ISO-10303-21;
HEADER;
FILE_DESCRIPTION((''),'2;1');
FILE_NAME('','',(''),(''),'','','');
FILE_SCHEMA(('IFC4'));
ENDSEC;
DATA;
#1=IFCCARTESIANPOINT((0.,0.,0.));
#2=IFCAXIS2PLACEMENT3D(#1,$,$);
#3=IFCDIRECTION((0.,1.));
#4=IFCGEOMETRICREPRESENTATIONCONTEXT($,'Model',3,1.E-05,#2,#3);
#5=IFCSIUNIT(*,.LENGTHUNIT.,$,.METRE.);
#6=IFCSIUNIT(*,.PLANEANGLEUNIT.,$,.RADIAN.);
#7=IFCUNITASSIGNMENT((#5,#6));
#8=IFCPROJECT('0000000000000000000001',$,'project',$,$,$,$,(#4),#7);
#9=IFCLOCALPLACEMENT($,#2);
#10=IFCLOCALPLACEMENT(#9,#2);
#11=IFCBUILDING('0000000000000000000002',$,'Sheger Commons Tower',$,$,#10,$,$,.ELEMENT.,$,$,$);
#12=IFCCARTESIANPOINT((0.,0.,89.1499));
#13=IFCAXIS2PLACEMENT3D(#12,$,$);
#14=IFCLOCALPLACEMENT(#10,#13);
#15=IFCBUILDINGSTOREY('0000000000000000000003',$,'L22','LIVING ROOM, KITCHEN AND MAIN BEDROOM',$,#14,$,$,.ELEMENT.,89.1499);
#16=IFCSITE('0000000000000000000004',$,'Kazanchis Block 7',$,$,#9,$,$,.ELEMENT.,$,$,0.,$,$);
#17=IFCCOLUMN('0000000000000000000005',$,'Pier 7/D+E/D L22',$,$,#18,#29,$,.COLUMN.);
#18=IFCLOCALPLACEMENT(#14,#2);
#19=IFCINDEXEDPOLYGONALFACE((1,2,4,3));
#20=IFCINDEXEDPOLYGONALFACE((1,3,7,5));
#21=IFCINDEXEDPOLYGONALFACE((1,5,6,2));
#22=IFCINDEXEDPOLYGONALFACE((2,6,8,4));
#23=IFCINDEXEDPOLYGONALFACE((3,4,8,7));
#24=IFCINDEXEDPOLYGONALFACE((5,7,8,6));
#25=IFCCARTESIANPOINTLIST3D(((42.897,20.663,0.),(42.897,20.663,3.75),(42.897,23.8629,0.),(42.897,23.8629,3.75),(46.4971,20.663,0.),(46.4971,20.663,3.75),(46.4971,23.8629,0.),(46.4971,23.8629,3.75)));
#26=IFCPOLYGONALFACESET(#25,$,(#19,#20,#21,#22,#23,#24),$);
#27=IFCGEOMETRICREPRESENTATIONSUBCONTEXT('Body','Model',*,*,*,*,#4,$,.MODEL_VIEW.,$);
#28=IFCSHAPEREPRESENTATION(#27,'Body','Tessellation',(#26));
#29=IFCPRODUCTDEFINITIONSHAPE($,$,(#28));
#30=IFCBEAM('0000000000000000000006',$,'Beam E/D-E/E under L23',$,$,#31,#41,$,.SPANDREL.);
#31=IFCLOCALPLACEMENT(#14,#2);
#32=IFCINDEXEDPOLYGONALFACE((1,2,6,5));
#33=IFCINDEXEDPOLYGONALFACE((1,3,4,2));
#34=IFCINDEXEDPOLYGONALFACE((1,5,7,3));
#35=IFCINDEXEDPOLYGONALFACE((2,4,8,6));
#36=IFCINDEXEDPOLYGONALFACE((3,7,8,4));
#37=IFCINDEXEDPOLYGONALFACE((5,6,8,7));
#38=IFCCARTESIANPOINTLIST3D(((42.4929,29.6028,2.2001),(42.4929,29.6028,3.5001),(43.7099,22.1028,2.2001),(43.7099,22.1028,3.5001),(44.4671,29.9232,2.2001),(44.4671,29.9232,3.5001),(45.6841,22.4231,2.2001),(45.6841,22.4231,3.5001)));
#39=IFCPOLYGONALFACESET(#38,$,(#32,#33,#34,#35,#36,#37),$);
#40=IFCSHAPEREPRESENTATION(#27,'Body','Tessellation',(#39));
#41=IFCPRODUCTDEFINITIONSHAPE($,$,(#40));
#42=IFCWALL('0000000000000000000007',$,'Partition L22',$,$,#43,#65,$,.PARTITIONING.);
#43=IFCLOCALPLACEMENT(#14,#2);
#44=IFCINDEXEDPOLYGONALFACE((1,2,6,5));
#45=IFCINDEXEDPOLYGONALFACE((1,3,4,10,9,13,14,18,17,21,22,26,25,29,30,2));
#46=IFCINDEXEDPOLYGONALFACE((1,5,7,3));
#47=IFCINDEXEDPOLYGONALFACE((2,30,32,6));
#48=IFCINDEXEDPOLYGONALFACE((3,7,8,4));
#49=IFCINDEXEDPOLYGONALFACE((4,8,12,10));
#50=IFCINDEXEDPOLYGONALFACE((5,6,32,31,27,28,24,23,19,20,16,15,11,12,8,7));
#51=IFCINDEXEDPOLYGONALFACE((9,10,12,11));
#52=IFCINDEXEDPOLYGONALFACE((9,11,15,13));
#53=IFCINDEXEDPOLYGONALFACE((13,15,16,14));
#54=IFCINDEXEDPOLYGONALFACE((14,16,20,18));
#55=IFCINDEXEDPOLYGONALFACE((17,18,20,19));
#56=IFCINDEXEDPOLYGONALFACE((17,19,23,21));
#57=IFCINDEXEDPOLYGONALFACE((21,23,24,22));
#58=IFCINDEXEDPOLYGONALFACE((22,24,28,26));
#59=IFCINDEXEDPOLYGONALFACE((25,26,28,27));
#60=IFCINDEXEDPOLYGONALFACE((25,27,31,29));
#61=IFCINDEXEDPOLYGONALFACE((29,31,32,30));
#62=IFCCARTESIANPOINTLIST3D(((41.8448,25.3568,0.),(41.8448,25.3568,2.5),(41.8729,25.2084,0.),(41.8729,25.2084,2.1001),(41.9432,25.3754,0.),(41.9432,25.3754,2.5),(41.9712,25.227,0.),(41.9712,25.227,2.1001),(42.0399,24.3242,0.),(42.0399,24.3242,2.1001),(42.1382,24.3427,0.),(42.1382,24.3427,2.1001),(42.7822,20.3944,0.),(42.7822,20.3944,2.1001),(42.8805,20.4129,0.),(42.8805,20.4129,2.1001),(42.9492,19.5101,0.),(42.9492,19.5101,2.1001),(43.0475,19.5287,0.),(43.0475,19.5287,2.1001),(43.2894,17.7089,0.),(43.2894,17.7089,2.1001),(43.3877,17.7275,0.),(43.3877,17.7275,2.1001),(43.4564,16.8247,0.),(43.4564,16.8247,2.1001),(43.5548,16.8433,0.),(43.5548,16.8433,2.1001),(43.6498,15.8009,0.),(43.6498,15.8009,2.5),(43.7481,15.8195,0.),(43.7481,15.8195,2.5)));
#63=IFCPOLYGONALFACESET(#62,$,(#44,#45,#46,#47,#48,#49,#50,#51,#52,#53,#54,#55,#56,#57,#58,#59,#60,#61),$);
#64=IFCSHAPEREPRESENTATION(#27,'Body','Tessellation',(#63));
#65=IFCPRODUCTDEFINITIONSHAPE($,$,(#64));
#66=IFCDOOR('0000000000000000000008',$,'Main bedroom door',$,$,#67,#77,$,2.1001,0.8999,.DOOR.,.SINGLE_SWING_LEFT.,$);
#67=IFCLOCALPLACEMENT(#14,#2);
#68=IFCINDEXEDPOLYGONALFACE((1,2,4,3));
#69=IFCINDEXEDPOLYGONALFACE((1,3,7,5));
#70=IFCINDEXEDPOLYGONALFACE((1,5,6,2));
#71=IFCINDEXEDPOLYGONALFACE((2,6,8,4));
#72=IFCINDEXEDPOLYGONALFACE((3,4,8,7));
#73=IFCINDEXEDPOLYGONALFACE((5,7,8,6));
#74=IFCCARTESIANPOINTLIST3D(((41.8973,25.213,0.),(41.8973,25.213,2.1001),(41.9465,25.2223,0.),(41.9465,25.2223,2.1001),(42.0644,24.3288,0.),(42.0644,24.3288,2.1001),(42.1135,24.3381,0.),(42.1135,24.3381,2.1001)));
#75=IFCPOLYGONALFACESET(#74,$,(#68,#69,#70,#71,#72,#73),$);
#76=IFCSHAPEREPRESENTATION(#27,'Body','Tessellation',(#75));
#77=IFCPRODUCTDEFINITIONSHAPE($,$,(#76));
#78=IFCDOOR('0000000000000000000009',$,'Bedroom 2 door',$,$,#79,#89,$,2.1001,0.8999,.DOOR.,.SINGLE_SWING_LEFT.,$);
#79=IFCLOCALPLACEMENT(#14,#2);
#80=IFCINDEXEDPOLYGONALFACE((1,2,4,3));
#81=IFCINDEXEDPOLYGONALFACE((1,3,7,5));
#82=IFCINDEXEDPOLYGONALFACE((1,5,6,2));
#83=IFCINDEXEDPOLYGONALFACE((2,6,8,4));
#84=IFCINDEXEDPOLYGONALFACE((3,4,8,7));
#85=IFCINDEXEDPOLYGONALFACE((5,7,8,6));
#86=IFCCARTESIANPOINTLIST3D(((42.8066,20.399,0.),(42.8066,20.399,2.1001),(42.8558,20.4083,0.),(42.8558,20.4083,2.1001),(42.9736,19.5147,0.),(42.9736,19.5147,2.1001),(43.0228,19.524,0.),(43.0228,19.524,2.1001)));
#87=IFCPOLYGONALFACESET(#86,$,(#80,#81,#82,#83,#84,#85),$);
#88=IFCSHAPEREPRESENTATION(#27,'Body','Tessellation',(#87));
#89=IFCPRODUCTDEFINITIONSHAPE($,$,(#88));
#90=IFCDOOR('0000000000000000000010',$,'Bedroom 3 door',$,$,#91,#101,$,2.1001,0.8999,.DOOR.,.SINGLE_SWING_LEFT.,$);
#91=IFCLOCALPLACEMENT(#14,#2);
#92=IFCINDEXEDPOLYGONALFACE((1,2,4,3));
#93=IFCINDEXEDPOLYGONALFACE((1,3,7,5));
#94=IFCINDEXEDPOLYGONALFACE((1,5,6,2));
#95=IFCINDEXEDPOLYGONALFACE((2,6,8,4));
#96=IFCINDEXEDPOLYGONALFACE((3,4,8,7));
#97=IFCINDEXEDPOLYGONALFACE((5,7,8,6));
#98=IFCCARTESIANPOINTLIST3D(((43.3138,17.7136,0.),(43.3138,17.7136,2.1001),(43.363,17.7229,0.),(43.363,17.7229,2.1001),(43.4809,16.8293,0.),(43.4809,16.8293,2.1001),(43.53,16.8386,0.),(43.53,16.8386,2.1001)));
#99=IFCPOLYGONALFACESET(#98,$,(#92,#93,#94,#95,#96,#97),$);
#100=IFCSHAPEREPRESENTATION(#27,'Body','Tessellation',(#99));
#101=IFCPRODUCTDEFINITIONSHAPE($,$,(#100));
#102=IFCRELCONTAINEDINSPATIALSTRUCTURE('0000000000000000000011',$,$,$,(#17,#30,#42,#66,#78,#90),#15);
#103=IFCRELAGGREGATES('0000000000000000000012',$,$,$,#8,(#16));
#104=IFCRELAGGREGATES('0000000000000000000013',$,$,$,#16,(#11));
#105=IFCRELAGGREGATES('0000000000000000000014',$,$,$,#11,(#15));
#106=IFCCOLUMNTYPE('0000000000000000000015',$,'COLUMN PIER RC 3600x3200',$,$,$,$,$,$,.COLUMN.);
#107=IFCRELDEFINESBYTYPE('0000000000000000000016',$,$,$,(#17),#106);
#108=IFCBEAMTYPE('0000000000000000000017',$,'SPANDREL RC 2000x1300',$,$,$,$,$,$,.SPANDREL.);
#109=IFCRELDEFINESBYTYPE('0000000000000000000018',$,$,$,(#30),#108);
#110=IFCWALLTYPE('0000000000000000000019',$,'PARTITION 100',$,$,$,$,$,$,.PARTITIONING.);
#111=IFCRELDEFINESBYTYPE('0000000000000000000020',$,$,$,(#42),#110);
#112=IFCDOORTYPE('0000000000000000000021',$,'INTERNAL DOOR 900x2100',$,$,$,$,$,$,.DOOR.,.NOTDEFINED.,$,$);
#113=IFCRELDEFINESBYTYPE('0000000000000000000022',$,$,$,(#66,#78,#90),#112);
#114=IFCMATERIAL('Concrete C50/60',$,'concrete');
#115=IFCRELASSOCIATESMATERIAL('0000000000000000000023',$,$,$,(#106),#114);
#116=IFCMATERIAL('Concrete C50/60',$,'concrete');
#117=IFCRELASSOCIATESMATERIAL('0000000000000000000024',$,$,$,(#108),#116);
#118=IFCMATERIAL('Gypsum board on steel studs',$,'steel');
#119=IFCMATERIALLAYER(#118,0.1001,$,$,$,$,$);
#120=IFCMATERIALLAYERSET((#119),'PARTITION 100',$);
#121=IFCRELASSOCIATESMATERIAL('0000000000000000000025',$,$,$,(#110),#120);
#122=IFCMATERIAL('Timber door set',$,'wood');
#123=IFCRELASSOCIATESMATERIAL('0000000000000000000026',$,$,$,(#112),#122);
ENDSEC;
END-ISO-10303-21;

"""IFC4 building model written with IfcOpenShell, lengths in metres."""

from ifc_helpers import new_model, si_unit, direction, frame, frame_2d, origin, origin_2d, place, context, subcontext, project, spatial, rectangle, extrude, material, layer, layer_set, material_profile, profile_set, type_object, element, fill, save


model = new_model("IFC4")

# Units and contexts
model_context = context("Model", 3, precision=1e-05, world=origin(), true_north=direction((0.0, 1.0)))
body_context = subcontext(model_context, "Body", "Model", "MODEL_VIEW")
ifc_project = project(units=[si_unit("LENGTHUNIT", "METRE"), si_unit("PLANEANGLEUNIT", "RADIAN")], contexts=[model_context])

# Site, building, storey
site_placement = place(None, origin())
site = spatial("IfcSite", under=ifc_project, at=site_placement, Name="Kazanchis Block 7", CompositionType="ELEMENT", RefElevation=0.0)
building_placement = place(site_placement, origin())
building = spatial("IfcBuilding", under=site, at=building_placement, Name="Sheger Commons Tower", CompositionType="ELEMENT")
storey_placement = place(building_placement, frame((0.0, 0.0, 89.1499)))
storey = spatial("IfcBuildingStorey", under=building, at=storey_placement, Name="L22", Description="LIVING ROOM, KITCHEN AND MAIN BEDROOM", CompositionType="ELEMENT", Elevation=89.1499)

# Column
ifc_material_1 = material(Name="Concrete C50/60", Category="concrete")
ifc_material_profile_1 = material_profile(ifc_material_1, rectangle(XDim=3.6001, YDim=3.2, at=origin_2d()), Name="RC 3600x3200")
ifc_profile_set_1 = profile_set([ifc_material_profile_1], Name="Concrete C50/60")
column_type = type_object("IfcColumnType", Name="COLUMN PIER RC 3600x3200", PredefinedType="COLUMN", material=ifc_profile_set_1)
column_placement = place(storey_placement, frame((44.697, 22.2629, 0.0), z_axis=(0.0, 0.0, 1.0), x_axis=(1.0, 0.0, 0.0)))
element("IfcColumn", 1, at=column_placement, inside=storey, type_object=column_type, Name="Pier 7/D+E/D L22", PredefinedType="COLUMN", context=body_context, shape_type="SweptSolid", body=[
    extrude(rectangle(XDim=3.6001, YDim=3.2, at=origin_2d()), origin(), (0.0, 0.0, 1.0), 3.75),
])

# Beam
ifc_material_2 = material(Name="Concrete C50/60", Category="concrete")
ifc_material_profile_2 = material_profile(ifc_material_2, rectangle(XDim=2.0, YDim=1.3, at=origin_2d()), Name="RC 2000x1300")
ifc_profile_set_2 = profile_set([ifc_material_profile_2], Name="Concrete C50/60")
beam_type = type_object("IfcBeamType", Name="SPANDREL RC 2000x1300", PredefinedType="SPANDREL", material=ifc_profile_set_2)
beam_placement = place(storey_placement, frame((44.697, 22.2629, 2.8501), z_axis=(-0.160177, 0.987088, 0.0), x_axis=(-0.987088, -0.160177, 0.0)))
element("IfcBeam", 2, at=beam_placement, inside=storey, type_object=beam_type, Name="Beam E/D-E/E under L23", PredefinedType="SPANDREL", context=body_context, shape_type="SweptSolid", body=[
    extrude(rectangle(XDim=2.0, YDim=1.3, at=origin_2d()), origin(), (0.0, 0.0, 1.0), 7.5981),
])

# Wall, openings, doors
ifc_material_3 = material(Name="Gypsum board on steel studs", Category="steel")
ifc_layer = layer(ifc_material_3, 0.1001)
ifc_layer_set = layer_set([ifc_layer], Name="PARTITION 100")
wall_type = type_object("IfcWallType", Name="PARTITION 100", PredefinedType="PARTITIONING", material=ifc_layer_set)
wall_1_placement = place(storey_placement, frame((41.894, 25.366, 0.0), z_axis=(0.0, 0.0, 1.0), x_axis=(0.1856, -0.982625, 0.0)))
wall_1 = element("IfcWall", 3, at=wall_1_placement, inside=storey, type_object=wall_type, Name="Partition L22", PredefinedType="PARTITIONING", context=body_context, shape_type="SweptSolid", body=[
    extrude(rectangle(XDim=9.7249, YDim=0.1001, at=frame_2d((4.8623, 0.0))), origin(), (0.0, 0.0, 1.0), 2.5),
])
opening_1_placement = place(wall_1_placement, frame((0.1509, 0.0, 0.0)))
opening_1 = element("IfcOpeningElement", 4, at=opening_1_placement, cuts=wall_1, PredefinedType="OPENING", context=body_context, shape_type="SweptSolid", body=[
    extrude(rectangle(XDim=0.8999, YDim=2.1001, at=frame_2d((0.45, 1.05))), frame((0.0, 0.0601, 0.0), z_axis=(0.0, -1.0, 0.0), x_axis=(1.0, 0.0, 0.0)), (0.0, 0.0, 1.0), 0.1201),
])
opening_2_placement = place(wall_1_placement, frame((5.05, 0.0, 0.0)))
opening_2 = element("IfcOpeningElement", 5, at=opening_2_placement, cuts=wall_1, PredefinedType="OPENING", context=body_context, shape_type="SweptSolid", body=[
    extrude(rectangle(XDim=0.8999, YDim=2.1001, at=frame_2d((0.45, 1.05))), frame((0.0, 0.0601, 0.0), z_axis=(0.0, -1.0, 0.0), x_axis=(1.0, 0.0, 0.0)), (0.0, 0.0, 1.0), 0.1201),
])
opening_3_placement = place(wall_1_placement, frame((7.783, 0.0, 0.0)))
opening_3 = element("IfcOpeningElement", 6, at=opening_3_placement, cuts=wall_1, PredefinedType="OPENING", context=body_context, shape_type="SweptSolid", body=[
    extrude(rectangle(XDim=0.8999, YDim=2.1001, at=frame_2d((0.45, 1.05))), frame((0.0, 0.0601, 0.0), z_axis=(0.0, -1.0, 0.0), x_axis=(1.0, 0.0, 0.0)), (0.0, 0.0, 1.0), 0.1201),
])
ifc_material_4 = material(Name="Timber door set", Category="wood")
door_type = type_object("IfcDoorType", Name="INTERNAL DOOR 900x2100", OperationType="NOTDEFINED", PredefinedType="DOOR", material=ifc_material_4)
door_1_placement = place(opening_1_placement, origin())
door_1 = element("IfcDoor", 7, at=door_1_placement, inside=storey, type_object=door_type, Name="Main bedroom door", OperationType="SINGLE_SWING_LEFT", OverallHeight=2.1001, OverallWidth=0.8999, PredefinedType="DOOR", context=body_context, shape_type="SweptSolid", body=[
    extrude(rectangle(XDim=0.8999, YDim=2.1001, at=frame_2d((0.45, 1.05))), frame((0.0, 0.0249, 0.0), z_axis=(0.0, -1.0, 0.0), x_axis=(1.0, 0.0, 0.0)), (0.0, 0.0, 1.0), 0.05),
])
fill(opening_1, door_1)
door_2_placement = place(opening_2_placement, origin())
door_2 = element("IfcDoor", 8, at=door_2_placement, inside=storey, type_object=door_type, Name="Bedroom 2 door", OperationType="SINGLE_SWING_LEFT", OverallHeight=2.1001, OverallWidth=0.8999, PredefinedType="DOOR", context=body_context, shape_type="SweptSolid", body=[
    extrude(rectangle(XDim=0.8999, YDim=2.1001, at=frame_2d((0.45, 1.05))), frame((0.0, 0.0249, 0.0), z_axis=(0.0, -1.0, 0.0), x_axis=(1.0, 0.0, 0.0)), (0.0, 0.0, 1.0), 0.05),
])
fill(opening_2, door_2)
door_3_placement = place(opening_3_placement, origin())
door_3 = element("IfcDoor", 9, at=door_3_placement, inside=storey, type_object=door_type, Name="Bedroom 3 door", OperationType="SINGLE_SWING_LEFT", OverallHeight=2.1001, OverallWidth=0.8999, PredefinedType="DOOR", context=body_context, shape_type="SweptSolid", body=[
    extrude(rectangle(XDim=0.8999, YDim=2.1001, at=frame_2d((0.45, 1.05))), frame((0.0, 0.0249, 0.0), z_axis=(0.0, -1.0, 0.0), x_axis=(1.0, 0.0, 0.0)), (0.0, 0.0, 1.0), 0.05),
])
fill(opening_3, door_3)

save(model, "model.ifc")
